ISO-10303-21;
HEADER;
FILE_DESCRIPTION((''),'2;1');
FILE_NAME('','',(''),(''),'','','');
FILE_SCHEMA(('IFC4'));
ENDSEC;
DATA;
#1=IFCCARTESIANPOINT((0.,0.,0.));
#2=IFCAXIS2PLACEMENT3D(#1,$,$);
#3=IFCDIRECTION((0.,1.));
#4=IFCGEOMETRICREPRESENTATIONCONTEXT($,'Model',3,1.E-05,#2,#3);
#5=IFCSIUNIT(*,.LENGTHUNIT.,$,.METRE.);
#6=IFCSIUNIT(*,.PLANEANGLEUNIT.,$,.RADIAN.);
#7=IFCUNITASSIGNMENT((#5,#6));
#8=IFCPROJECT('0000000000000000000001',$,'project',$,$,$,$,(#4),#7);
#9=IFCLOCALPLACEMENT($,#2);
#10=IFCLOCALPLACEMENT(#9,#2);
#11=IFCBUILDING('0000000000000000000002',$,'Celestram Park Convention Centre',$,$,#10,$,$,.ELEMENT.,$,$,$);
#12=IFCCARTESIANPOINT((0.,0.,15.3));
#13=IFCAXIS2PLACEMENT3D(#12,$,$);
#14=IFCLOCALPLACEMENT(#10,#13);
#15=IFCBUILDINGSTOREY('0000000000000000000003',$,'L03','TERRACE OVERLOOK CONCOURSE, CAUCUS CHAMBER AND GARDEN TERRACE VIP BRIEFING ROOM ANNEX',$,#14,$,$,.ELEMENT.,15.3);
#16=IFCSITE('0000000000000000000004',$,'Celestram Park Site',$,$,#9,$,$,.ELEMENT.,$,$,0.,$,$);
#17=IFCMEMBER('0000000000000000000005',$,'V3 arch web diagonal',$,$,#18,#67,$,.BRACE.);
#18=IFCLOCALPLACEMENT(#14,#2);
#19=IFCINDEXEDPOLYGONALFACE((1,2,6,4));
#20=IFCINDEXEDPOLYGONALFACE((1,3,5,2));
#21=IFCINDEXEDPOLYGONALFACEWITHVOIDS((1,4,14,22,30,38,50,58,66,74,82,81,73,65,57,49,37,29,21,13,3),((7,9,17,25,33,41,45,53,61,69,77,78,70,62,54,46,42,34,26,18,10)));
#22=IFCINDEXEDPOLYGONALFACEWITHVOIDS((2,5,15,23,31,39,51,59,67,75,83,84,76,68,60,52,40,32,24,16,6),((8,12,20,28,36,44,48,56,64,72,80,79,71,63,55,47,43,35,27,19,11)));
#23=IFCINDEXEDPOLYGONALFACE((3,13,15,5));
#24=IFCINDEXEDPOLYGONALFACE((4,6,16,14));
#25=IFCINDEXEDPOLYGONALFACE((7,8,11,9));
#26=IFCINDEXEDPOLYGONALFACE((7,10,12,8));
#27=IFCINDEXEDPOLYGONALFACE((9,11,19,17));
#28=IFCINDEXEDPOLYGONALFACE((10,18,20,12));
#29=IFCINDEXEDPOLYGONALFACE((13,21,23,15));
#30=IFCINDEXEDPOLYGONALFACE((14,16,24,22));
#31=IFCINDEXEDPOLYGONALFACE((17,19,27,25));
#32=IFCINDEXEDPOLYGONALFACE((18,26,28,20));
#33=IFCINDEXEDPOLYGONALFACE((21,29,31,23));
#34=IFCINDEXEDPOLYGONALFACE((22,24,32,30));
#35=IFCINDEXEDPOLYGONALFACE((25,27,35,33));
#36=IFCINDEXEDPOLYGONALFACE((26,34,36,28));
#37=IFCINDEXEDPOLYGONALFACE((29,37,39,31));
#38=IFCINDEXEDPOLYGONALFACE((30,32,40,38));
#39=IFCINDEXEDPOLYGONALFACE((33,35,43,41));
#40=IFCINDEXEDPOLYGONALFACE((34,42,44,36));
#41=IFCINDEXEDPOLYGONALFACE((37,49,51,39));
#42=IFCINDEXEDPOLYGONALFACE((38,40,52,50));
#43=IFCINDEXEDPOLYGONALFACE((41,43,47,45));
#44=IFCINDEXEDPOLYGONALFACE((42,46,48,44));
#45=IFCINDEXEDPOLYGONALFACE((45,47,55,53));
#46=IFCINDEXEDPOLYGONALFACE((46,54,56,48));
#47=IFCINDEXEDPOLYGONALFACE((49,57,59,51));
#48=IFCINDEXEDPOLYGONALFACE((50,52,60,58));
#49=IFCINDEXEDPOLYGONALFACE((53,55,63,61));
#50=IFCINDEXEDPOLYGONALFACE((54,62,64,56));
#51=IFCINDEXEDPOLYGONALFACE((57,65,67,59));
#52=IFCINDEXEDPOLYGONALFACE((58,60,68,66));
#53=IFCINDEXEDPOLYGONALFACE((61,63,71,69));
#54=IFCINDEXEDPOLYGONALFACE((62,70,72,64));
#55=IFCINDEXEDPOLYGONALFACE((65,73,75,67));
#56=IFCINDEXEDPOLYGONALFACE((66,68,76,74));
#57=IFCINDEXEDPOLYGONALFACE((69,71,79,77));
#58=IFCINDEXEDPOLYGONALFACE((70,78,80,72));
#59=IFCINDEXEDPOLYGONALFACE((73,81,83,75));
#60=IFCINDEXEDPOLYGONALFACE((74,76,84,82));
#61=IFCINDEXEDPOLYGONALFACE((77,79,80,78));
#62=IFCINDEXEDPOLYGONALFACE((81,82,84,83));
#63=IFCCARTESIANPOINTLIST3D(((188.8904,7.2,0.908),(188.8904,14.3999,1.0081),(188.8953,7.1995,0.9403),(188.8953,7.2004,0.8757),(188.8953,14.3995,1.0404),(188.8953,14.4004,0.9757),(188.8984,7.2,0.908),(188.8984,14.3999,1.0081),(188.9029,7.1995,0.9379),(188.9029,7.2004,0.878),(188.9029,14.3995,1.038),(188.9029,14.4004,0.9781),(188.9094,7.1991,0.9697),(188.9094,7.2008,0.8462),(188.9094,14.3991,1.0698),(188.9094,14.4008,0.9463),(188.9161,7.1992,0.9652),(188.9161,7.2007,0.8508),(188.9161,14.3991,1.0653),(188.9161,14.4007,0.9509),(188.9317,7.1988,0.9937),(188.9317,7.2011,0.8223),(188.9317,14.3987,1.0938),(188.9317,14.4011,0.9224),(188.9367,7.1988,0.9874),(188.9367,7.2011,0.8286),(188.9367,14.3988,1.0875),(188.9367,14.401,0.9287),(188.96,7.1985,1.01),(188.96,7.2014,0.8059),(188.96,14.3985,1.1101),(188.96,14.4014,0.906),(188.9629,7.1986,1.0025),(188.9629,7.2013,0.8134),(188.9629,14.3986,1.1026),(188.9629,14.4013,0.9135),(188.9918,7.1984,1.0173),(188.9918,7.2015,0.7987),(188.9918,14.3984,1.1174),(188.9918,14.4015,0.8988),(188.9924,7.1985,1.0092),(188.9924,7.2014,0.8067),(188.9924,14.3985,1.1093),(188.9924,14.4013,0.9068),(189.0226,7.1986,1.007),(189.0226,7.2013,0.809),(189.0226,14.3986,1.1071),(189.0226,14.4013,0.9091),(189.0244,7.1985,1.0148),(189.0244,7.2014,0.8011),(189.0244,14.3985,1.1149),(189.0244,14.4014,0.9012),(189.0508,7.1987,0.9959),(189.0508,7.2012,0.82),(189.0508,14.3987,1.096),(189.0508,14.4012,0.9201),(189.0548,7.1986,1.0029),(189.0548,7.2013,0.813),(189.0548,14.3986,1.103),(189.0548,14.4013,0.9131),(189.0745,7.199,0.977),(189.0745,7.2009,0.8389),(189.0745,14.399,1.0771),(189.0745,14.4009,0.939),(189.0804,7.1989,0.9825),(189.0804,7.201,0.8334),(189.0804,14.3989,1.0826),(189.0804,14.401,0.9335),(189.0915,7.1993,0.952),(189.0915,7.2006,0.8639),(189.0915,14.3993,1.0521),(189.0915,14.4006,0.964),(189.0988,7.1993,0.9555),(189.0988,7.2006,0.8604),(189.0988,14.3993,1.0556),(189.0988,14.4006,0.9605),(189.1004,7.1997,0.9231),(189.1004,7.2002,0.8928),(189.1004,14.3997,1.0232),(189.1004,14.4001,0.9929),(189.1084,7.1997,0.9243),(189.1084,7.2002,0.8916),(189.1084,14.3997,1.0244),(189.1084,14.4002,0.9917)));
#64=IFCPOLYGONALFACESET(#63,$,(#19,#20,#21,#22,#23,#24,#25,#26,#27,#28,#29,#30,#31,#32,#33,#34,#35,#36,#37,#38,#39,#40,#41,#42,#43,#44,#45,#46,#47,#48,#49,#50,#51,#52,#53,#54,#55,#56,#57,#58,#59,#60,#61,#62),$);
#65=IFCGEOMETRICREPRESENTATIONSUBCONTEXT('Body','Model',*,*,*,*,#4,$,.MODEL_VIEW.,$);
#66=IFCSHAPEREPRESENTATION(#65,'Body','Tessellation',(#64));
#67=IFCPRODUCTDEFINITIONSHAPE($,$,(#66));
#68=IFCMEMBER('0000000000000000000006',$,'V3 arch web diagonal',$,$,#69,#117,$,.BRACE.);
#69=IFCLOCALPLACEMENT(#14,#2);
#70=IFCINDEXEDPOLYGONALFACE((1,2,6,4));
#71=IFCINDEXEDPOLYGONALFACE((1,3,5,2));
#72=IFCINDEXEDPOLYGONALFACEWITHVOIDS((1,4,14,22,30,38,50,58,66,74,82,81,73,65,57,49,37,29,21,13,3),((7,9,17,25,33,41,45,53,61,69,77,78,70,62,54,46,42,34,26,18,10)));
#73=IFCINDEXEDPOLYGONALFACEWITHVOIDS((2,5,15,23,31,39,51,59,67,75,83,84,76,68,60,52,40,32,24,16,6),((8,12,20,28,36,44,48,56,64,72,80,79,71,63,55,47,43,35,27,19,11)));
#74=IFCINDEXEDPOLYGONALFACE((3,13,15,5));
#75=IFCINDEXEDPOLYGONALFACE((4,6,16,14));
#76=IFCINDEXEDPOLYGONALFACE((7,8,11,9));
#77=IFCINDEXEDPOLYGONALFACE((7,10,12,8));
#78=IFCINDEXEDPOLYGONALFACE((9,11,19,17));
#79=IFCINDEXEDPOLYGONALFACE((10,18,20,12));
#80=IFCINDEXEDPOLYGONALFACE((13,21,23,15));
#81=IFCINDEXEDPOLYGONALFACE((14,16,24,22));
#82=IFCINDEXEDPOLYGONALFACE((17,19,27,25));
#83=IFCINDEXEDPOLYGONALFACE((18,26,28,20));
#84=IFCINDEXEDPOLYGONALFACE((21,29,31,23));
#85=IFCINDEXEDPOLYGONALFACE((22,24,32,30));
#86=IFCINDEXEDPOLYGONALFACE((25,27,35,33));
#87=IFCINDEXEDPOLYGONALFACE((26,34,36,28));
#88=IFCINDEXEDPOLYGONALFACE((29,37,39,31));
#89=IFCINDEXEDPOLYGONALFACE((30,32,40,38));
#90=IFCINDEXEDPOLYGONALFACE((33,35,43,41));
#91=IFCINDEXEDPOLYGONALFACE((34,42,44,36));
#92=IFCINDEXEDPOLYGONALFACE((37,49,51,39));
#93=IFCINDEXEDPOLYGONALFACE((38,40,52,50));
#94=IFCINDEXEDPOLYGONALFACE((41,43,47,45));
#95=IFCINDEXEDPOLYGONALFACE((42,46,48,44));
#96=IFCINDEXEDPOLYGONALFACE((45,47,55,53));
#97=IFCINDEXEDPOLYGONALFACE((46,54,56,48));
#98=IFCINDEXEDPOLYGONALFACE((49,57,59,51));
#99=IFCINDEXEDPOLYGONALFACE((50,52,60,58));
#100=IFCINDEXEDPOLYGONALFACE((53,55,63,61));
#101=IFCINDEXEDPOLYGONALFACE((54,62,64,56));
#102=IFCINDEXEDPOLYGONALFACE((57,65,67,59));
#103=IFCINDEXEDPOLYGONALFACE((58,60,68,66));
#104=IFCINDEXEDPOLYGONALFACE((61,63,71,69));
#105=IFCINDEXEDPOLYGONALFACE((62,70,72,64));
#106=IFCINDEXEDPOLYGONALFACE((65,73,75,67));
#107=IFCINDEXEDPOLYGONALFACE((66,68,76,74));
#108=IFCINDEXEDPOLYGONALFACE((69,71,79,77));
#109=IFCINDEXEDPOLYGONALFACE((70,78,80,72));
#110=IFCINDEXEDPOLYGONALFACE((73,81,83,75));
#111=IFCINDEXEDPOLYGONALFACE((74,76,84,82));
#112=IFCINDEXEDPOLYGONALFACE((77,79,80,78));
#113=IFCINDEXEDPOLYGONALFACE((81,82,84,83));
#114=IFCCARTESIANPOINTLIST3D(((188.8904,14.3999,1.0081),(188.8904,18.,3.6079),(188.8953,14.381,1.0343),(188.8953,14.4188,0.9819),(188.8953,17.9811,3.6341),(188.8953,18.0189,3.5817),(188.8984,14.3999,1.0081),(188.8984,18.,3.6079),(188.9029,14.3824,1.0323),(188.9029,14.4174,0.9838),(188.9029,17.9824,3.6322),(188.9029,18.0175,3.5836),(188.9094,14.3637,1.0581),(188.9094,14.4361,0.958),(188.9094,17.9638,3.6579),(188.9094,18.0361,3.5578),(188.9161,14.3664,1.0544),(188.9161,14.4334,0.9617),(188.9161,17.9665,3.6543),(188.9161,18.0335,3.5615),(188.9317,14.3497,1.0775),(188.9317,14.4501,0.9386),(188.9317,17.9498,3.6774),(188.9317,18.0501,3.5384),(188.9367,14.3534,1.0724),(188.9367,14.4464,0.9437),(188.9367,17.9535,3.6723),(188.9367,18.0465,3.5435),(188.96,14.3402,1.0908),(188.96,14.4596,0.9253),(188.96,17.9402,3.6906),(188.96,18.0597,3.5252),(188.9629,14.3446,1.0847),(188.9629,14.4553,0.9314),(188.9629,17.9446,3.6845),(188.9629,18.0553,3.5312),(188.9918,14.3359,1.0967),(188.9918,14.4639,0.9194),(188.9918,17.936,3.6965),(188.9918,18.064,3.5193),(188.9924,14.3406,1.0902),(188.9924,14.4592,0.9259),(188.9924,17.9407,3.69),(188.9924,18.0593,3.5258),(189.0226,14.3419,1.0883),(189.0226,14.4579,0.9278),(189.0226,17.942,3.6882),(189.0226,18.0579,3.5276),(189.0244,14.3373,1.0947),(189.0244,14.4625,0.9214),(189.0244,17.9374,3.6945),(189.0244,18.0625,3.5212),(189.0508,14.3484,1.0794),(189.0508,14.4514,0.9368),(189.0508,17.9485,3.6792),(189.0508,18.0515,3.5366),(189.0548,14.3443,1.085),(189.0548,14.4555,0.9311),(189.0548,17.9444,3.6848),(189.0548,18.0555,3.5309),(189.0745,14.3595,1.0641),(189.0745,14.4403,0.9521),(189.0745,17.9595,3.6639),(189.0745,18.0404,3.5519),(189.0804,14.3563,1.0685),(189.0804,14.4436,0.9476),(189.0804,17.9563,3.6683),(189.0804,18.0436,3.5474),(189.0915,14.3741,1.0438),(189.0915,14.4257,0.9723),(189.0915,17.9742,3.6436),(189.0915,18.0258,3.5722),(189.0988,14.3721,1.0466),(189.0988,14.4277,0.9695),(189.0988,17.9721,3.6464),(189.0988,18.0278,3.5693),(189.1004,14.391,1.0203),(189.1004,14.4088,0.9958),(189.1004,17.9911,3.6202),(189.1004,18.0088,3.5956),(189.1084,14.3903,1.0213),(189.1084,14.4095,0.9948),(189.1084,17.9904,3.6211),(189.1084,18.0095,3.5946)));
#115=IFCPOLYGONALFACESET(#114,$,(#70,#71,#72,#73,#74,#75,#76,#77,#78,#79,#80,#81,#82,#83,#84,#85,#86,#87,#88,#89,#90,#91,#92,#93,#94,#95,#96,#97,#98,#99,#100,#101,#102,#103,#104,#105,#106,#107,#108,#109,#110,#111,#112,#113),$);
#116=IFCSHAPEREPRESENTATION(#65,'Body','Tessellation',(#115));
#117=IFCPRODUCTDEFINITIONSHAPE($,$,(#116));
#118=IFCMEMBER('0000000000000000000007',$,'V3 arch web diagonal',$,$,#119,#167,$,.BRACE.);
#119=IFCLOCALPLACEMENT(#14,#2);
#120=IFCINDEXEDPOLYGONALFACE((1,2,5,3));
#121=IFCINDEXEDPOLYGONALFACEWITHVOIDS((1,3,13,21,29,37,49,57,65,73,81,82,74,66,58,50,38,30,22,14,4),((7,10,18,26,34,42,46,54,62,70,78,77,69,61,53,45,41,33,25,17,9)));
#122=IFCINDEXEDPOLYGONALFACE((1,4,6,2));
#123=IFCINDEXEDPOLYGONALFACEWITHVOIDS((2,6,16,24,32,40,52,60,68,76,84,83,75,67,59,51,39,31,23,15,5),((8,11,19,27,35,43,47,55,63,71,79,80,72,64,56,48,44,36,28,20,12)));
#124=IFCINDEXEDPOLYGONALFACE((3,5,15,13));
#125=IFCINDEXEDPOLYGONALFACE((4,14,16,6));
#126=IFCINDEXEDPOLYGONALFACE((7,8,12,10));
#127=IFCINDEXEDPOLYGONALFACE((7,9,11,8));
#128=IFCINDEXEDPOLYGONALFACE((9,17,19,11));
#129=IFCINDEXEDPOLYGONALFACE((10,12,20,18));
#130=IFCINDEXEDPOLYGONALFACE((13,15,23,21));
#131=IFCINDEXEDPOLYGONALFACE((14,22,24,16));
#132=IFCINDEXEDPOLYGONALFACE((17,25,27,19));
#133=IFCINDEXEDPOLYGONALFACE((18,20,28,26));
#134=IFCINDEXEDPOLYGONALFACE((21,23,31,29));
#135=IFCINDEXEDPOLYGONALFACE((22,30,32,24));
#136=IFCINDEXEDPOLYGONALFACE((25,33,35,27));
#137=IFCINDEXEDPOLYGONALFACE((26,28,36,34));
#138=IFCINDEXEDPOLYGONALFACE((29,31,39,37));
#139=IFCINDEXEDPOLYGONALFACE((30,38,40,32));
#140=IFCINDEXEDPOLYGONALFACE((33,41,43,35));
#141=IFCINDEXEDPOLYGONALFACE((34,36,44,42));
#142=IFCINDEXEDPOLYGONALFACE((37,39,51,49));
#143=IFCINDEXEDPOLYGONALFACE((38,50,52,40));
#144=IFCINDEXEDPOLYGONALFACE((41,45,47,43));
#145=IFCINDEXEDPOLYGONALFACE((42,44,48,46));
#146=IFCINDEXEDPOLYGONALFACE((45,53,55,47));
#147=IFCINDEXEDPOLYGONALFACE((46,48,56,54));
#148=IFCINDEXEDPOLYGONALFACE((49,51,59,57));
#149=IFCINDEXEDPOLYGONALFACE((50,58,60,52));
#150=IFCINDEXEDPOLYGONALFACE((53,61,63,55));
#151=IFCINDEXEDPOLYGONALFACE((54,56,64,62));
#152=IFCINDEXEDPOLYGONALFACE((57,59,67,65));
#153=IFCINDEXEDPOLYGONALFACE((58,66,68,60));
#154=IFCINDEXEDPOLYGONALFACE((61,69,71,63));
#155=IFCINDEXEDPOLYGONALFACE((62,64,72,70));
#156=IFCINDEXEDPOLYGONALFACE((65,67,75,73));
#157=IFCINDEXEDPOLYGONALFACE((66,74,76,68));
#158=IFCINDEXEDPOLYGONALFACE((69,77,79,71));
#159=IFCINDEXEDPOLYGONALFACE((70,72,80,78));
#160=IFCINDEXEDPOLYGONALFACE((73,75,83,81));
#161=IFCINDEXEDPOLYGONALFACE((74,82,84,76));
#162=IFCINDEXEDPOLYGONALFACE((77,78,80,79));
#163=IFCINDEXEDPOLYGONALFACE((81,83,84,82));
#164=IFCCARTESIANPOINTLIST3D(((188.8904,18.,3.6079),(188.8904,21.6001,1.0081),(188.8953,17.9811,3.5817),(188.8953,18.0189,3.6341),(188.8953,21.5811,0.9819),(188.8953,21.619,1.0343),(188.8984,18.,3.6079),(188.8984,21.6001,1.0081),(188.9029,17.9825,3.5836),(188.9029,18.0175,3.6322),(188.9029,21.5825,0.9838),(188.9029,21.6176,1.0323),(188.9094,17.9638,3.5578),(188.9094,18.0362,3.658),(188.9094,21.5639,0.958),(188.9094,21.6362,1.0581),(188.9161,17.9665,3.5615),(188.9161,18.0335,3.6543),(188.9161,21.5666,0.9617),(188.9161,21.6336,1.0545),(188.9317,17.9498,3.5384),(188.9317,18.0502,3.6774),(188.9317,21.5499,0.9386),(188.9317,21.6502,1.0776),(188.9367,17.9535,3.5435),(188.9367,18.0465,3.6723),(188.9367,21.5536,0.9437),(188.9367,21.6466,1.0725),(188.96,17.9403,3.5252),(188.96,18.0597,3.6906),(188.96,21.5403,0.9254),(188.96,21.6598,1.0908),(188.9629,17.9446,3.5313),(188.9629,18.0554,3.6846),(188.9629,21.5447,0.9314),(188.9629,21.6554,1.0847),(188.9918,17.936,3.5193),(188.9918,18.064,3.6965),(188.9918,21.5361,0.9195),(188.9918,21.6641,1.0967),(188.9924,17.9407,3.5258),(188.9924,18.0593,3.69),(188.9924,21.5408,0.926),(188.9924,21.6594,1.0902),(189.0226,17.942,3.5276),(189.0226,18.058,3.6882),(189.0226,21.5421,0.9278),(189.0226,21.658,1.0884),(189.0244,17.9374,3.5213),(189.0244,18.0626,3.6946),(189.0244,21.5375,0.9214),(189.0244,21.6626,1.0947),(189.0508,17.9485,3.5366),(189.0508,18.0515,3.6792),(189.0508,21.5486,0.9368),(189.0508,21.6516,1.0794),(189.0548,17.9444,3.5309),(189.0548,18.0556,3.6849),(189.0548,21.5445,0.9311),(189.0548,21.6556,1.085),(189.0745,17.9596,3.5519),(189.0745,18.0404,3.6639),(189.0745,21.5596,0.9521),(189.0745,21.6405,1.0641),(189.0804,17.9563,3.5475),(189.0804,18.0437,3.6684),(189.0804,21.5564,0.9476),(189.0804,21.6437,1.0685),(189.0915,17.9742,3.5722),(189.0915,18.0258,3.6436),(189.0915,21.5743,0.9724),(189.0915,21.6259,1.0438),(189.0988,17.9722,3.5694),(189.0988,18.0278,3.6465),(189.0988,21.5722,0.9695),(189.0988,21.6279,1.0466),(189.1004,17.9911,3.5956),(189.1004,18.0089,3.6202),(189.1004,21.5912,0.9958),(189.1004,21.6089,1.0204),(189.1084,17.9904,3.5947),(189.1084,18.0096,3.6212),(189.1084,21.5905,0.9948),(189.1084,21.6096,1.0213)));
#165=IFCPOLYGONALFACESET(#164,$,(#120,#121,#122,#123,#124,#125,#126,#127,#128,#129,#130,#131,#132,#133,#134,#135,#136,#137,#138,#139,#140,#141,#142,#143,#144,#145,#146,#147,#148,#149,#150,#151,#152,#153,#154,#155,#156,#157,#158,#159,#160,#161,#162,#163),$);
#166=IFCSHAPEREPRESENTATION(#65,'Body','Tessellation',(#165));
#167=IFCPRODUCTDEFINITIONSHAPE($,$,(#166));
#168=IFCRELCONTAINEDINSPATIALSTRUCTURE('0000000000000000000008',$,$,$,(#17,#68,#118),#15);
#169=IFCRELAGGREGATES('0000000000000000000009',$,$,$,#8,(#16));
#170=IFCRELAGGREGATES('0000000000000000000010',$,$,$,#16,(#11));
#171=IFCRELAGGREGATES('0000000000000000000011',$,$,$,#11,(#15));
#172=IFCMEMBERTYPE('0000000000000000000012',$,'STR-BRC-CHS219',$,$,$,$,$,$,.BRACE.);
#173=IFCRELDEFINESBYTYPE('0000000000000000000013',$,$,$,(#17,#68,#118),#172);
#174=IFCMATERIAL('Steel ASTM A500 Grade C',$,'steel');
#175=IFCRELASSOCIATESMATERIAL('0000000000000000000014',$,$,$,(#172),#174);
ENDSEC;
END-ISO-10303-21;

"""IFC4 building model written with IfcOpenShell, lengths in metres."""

from ifc_helpers import new_model, si_unit, direction, frame, origin, origin_2d, place, context, subcontext, project, spatial, hollow_circle, extrude, material, material_profile, profile_set, type_object, element, save


model = new_model("IFC4")

# Units and contexts
model_context = context("Model", 3, precision=1e-05, world=origin(), true_north=direction((0.0, 1.0)))
body_context = subcontext(model_context, "Body", "Model", "MODEL_VIEW")
ifc_project = project(units=[si_unit("LENGTHUNIT", "METRE"), si_unit("PLANEANGLEUNIT", "RADIAN")], contexts=[model_context])

# Site, building, storey
site_placement = place(None, origin())
site = spatial("IfcSite", under=ifc_project, at=site_placement, Name="Celestram Park Site", CompositionType="ELEMENT", RefElevation=0.0)
building_placement = place(site_placement, origin())
building = spatial("IfcBuilding", under=site, at=building_placement, Name="Celestram Park Convention Centre", CompositionType="ELEMENT")
storey_placement = place(building_placement, frame((0.0, 0.0, 15.3)))
storey = spatial("IfcBuildingStorey", under=building, at=storey_placement, Name="L03", Description="TERRACE OVERLOOK CONCOURSE, CAUCUS CHAMBER AND GARDEN TERRACE VIP BRIEFING ROOM ANNEX", CompositionType="ELEMENT", Elevation=15.3)

# Members
ifc_material_1 = material(Name="Steel ASTM A500 Grade C", Category="steel")
ifc_material_profile_1 = material_profile(ifc_material_1, hollow_circle(Radius=0.1096, WallThickness=0.0081, at=origin_2d()), Name="CHS219X8")
ifc_profile_set_1 = profile_set([ifc_material_profile_1], Name="Steel ASTM A500 Grade C")
member_type_1 = type_object("IfcMemberType", Name="STR-BRC-CHS219", PredefinedType="BRACE", material=ifc_profile_set_1)
member_1_placement = place(storey_placement, frame((189.0, 7.2, 0.908), z_axis=(0.0, 0.999903, 0.013901), x_axis=(-1.0, 0.0, 0.0)))
element("IfcMember", 1, at=member_1_placement, inside=storey, type_object=member_type_1, Name="V3 arch web diagonal", PredefinedType="BRACE", context=body_context, shape_type="SweptSolid", body=[
    extrude(hollow_circle(Radius=0.1096, WallThickness=0.0081, at=origin_2d()), origin(), (0.0, 0.0, 1.0), 7.2007),
])
for number, where, z_axis, x_axis, name in (
    (2, (189.0, 14.3999, 1.0081), (0.0, 0.810702, 0.585458), (-1.0, 0.0, 0.0), "V3 arch web diagonal"),
    (3, (189.0, 18.0, 3.6079), (0.0, 0.810702, -0.585458), (-1.0, 0.0, 0.0), "V3 arch web diagonal"),
):
    element("IfcMember", number, at=place(storey_placement, frame(where, z_axis=z_axis, x_axis=x_axis)), inside=storey, type_object=member_type_1, Name=name, PredefinedType="BRACE", context=body_context, shape_type="SweptSolid", body=[
        extrude(hollow_circle(Radius=0.1096, WallThickness=0.0081, at=origin_2d()), origin(), (0.0, 0.0, 1.0), 4.4407),
    ])

save(model, "model.ifc")
